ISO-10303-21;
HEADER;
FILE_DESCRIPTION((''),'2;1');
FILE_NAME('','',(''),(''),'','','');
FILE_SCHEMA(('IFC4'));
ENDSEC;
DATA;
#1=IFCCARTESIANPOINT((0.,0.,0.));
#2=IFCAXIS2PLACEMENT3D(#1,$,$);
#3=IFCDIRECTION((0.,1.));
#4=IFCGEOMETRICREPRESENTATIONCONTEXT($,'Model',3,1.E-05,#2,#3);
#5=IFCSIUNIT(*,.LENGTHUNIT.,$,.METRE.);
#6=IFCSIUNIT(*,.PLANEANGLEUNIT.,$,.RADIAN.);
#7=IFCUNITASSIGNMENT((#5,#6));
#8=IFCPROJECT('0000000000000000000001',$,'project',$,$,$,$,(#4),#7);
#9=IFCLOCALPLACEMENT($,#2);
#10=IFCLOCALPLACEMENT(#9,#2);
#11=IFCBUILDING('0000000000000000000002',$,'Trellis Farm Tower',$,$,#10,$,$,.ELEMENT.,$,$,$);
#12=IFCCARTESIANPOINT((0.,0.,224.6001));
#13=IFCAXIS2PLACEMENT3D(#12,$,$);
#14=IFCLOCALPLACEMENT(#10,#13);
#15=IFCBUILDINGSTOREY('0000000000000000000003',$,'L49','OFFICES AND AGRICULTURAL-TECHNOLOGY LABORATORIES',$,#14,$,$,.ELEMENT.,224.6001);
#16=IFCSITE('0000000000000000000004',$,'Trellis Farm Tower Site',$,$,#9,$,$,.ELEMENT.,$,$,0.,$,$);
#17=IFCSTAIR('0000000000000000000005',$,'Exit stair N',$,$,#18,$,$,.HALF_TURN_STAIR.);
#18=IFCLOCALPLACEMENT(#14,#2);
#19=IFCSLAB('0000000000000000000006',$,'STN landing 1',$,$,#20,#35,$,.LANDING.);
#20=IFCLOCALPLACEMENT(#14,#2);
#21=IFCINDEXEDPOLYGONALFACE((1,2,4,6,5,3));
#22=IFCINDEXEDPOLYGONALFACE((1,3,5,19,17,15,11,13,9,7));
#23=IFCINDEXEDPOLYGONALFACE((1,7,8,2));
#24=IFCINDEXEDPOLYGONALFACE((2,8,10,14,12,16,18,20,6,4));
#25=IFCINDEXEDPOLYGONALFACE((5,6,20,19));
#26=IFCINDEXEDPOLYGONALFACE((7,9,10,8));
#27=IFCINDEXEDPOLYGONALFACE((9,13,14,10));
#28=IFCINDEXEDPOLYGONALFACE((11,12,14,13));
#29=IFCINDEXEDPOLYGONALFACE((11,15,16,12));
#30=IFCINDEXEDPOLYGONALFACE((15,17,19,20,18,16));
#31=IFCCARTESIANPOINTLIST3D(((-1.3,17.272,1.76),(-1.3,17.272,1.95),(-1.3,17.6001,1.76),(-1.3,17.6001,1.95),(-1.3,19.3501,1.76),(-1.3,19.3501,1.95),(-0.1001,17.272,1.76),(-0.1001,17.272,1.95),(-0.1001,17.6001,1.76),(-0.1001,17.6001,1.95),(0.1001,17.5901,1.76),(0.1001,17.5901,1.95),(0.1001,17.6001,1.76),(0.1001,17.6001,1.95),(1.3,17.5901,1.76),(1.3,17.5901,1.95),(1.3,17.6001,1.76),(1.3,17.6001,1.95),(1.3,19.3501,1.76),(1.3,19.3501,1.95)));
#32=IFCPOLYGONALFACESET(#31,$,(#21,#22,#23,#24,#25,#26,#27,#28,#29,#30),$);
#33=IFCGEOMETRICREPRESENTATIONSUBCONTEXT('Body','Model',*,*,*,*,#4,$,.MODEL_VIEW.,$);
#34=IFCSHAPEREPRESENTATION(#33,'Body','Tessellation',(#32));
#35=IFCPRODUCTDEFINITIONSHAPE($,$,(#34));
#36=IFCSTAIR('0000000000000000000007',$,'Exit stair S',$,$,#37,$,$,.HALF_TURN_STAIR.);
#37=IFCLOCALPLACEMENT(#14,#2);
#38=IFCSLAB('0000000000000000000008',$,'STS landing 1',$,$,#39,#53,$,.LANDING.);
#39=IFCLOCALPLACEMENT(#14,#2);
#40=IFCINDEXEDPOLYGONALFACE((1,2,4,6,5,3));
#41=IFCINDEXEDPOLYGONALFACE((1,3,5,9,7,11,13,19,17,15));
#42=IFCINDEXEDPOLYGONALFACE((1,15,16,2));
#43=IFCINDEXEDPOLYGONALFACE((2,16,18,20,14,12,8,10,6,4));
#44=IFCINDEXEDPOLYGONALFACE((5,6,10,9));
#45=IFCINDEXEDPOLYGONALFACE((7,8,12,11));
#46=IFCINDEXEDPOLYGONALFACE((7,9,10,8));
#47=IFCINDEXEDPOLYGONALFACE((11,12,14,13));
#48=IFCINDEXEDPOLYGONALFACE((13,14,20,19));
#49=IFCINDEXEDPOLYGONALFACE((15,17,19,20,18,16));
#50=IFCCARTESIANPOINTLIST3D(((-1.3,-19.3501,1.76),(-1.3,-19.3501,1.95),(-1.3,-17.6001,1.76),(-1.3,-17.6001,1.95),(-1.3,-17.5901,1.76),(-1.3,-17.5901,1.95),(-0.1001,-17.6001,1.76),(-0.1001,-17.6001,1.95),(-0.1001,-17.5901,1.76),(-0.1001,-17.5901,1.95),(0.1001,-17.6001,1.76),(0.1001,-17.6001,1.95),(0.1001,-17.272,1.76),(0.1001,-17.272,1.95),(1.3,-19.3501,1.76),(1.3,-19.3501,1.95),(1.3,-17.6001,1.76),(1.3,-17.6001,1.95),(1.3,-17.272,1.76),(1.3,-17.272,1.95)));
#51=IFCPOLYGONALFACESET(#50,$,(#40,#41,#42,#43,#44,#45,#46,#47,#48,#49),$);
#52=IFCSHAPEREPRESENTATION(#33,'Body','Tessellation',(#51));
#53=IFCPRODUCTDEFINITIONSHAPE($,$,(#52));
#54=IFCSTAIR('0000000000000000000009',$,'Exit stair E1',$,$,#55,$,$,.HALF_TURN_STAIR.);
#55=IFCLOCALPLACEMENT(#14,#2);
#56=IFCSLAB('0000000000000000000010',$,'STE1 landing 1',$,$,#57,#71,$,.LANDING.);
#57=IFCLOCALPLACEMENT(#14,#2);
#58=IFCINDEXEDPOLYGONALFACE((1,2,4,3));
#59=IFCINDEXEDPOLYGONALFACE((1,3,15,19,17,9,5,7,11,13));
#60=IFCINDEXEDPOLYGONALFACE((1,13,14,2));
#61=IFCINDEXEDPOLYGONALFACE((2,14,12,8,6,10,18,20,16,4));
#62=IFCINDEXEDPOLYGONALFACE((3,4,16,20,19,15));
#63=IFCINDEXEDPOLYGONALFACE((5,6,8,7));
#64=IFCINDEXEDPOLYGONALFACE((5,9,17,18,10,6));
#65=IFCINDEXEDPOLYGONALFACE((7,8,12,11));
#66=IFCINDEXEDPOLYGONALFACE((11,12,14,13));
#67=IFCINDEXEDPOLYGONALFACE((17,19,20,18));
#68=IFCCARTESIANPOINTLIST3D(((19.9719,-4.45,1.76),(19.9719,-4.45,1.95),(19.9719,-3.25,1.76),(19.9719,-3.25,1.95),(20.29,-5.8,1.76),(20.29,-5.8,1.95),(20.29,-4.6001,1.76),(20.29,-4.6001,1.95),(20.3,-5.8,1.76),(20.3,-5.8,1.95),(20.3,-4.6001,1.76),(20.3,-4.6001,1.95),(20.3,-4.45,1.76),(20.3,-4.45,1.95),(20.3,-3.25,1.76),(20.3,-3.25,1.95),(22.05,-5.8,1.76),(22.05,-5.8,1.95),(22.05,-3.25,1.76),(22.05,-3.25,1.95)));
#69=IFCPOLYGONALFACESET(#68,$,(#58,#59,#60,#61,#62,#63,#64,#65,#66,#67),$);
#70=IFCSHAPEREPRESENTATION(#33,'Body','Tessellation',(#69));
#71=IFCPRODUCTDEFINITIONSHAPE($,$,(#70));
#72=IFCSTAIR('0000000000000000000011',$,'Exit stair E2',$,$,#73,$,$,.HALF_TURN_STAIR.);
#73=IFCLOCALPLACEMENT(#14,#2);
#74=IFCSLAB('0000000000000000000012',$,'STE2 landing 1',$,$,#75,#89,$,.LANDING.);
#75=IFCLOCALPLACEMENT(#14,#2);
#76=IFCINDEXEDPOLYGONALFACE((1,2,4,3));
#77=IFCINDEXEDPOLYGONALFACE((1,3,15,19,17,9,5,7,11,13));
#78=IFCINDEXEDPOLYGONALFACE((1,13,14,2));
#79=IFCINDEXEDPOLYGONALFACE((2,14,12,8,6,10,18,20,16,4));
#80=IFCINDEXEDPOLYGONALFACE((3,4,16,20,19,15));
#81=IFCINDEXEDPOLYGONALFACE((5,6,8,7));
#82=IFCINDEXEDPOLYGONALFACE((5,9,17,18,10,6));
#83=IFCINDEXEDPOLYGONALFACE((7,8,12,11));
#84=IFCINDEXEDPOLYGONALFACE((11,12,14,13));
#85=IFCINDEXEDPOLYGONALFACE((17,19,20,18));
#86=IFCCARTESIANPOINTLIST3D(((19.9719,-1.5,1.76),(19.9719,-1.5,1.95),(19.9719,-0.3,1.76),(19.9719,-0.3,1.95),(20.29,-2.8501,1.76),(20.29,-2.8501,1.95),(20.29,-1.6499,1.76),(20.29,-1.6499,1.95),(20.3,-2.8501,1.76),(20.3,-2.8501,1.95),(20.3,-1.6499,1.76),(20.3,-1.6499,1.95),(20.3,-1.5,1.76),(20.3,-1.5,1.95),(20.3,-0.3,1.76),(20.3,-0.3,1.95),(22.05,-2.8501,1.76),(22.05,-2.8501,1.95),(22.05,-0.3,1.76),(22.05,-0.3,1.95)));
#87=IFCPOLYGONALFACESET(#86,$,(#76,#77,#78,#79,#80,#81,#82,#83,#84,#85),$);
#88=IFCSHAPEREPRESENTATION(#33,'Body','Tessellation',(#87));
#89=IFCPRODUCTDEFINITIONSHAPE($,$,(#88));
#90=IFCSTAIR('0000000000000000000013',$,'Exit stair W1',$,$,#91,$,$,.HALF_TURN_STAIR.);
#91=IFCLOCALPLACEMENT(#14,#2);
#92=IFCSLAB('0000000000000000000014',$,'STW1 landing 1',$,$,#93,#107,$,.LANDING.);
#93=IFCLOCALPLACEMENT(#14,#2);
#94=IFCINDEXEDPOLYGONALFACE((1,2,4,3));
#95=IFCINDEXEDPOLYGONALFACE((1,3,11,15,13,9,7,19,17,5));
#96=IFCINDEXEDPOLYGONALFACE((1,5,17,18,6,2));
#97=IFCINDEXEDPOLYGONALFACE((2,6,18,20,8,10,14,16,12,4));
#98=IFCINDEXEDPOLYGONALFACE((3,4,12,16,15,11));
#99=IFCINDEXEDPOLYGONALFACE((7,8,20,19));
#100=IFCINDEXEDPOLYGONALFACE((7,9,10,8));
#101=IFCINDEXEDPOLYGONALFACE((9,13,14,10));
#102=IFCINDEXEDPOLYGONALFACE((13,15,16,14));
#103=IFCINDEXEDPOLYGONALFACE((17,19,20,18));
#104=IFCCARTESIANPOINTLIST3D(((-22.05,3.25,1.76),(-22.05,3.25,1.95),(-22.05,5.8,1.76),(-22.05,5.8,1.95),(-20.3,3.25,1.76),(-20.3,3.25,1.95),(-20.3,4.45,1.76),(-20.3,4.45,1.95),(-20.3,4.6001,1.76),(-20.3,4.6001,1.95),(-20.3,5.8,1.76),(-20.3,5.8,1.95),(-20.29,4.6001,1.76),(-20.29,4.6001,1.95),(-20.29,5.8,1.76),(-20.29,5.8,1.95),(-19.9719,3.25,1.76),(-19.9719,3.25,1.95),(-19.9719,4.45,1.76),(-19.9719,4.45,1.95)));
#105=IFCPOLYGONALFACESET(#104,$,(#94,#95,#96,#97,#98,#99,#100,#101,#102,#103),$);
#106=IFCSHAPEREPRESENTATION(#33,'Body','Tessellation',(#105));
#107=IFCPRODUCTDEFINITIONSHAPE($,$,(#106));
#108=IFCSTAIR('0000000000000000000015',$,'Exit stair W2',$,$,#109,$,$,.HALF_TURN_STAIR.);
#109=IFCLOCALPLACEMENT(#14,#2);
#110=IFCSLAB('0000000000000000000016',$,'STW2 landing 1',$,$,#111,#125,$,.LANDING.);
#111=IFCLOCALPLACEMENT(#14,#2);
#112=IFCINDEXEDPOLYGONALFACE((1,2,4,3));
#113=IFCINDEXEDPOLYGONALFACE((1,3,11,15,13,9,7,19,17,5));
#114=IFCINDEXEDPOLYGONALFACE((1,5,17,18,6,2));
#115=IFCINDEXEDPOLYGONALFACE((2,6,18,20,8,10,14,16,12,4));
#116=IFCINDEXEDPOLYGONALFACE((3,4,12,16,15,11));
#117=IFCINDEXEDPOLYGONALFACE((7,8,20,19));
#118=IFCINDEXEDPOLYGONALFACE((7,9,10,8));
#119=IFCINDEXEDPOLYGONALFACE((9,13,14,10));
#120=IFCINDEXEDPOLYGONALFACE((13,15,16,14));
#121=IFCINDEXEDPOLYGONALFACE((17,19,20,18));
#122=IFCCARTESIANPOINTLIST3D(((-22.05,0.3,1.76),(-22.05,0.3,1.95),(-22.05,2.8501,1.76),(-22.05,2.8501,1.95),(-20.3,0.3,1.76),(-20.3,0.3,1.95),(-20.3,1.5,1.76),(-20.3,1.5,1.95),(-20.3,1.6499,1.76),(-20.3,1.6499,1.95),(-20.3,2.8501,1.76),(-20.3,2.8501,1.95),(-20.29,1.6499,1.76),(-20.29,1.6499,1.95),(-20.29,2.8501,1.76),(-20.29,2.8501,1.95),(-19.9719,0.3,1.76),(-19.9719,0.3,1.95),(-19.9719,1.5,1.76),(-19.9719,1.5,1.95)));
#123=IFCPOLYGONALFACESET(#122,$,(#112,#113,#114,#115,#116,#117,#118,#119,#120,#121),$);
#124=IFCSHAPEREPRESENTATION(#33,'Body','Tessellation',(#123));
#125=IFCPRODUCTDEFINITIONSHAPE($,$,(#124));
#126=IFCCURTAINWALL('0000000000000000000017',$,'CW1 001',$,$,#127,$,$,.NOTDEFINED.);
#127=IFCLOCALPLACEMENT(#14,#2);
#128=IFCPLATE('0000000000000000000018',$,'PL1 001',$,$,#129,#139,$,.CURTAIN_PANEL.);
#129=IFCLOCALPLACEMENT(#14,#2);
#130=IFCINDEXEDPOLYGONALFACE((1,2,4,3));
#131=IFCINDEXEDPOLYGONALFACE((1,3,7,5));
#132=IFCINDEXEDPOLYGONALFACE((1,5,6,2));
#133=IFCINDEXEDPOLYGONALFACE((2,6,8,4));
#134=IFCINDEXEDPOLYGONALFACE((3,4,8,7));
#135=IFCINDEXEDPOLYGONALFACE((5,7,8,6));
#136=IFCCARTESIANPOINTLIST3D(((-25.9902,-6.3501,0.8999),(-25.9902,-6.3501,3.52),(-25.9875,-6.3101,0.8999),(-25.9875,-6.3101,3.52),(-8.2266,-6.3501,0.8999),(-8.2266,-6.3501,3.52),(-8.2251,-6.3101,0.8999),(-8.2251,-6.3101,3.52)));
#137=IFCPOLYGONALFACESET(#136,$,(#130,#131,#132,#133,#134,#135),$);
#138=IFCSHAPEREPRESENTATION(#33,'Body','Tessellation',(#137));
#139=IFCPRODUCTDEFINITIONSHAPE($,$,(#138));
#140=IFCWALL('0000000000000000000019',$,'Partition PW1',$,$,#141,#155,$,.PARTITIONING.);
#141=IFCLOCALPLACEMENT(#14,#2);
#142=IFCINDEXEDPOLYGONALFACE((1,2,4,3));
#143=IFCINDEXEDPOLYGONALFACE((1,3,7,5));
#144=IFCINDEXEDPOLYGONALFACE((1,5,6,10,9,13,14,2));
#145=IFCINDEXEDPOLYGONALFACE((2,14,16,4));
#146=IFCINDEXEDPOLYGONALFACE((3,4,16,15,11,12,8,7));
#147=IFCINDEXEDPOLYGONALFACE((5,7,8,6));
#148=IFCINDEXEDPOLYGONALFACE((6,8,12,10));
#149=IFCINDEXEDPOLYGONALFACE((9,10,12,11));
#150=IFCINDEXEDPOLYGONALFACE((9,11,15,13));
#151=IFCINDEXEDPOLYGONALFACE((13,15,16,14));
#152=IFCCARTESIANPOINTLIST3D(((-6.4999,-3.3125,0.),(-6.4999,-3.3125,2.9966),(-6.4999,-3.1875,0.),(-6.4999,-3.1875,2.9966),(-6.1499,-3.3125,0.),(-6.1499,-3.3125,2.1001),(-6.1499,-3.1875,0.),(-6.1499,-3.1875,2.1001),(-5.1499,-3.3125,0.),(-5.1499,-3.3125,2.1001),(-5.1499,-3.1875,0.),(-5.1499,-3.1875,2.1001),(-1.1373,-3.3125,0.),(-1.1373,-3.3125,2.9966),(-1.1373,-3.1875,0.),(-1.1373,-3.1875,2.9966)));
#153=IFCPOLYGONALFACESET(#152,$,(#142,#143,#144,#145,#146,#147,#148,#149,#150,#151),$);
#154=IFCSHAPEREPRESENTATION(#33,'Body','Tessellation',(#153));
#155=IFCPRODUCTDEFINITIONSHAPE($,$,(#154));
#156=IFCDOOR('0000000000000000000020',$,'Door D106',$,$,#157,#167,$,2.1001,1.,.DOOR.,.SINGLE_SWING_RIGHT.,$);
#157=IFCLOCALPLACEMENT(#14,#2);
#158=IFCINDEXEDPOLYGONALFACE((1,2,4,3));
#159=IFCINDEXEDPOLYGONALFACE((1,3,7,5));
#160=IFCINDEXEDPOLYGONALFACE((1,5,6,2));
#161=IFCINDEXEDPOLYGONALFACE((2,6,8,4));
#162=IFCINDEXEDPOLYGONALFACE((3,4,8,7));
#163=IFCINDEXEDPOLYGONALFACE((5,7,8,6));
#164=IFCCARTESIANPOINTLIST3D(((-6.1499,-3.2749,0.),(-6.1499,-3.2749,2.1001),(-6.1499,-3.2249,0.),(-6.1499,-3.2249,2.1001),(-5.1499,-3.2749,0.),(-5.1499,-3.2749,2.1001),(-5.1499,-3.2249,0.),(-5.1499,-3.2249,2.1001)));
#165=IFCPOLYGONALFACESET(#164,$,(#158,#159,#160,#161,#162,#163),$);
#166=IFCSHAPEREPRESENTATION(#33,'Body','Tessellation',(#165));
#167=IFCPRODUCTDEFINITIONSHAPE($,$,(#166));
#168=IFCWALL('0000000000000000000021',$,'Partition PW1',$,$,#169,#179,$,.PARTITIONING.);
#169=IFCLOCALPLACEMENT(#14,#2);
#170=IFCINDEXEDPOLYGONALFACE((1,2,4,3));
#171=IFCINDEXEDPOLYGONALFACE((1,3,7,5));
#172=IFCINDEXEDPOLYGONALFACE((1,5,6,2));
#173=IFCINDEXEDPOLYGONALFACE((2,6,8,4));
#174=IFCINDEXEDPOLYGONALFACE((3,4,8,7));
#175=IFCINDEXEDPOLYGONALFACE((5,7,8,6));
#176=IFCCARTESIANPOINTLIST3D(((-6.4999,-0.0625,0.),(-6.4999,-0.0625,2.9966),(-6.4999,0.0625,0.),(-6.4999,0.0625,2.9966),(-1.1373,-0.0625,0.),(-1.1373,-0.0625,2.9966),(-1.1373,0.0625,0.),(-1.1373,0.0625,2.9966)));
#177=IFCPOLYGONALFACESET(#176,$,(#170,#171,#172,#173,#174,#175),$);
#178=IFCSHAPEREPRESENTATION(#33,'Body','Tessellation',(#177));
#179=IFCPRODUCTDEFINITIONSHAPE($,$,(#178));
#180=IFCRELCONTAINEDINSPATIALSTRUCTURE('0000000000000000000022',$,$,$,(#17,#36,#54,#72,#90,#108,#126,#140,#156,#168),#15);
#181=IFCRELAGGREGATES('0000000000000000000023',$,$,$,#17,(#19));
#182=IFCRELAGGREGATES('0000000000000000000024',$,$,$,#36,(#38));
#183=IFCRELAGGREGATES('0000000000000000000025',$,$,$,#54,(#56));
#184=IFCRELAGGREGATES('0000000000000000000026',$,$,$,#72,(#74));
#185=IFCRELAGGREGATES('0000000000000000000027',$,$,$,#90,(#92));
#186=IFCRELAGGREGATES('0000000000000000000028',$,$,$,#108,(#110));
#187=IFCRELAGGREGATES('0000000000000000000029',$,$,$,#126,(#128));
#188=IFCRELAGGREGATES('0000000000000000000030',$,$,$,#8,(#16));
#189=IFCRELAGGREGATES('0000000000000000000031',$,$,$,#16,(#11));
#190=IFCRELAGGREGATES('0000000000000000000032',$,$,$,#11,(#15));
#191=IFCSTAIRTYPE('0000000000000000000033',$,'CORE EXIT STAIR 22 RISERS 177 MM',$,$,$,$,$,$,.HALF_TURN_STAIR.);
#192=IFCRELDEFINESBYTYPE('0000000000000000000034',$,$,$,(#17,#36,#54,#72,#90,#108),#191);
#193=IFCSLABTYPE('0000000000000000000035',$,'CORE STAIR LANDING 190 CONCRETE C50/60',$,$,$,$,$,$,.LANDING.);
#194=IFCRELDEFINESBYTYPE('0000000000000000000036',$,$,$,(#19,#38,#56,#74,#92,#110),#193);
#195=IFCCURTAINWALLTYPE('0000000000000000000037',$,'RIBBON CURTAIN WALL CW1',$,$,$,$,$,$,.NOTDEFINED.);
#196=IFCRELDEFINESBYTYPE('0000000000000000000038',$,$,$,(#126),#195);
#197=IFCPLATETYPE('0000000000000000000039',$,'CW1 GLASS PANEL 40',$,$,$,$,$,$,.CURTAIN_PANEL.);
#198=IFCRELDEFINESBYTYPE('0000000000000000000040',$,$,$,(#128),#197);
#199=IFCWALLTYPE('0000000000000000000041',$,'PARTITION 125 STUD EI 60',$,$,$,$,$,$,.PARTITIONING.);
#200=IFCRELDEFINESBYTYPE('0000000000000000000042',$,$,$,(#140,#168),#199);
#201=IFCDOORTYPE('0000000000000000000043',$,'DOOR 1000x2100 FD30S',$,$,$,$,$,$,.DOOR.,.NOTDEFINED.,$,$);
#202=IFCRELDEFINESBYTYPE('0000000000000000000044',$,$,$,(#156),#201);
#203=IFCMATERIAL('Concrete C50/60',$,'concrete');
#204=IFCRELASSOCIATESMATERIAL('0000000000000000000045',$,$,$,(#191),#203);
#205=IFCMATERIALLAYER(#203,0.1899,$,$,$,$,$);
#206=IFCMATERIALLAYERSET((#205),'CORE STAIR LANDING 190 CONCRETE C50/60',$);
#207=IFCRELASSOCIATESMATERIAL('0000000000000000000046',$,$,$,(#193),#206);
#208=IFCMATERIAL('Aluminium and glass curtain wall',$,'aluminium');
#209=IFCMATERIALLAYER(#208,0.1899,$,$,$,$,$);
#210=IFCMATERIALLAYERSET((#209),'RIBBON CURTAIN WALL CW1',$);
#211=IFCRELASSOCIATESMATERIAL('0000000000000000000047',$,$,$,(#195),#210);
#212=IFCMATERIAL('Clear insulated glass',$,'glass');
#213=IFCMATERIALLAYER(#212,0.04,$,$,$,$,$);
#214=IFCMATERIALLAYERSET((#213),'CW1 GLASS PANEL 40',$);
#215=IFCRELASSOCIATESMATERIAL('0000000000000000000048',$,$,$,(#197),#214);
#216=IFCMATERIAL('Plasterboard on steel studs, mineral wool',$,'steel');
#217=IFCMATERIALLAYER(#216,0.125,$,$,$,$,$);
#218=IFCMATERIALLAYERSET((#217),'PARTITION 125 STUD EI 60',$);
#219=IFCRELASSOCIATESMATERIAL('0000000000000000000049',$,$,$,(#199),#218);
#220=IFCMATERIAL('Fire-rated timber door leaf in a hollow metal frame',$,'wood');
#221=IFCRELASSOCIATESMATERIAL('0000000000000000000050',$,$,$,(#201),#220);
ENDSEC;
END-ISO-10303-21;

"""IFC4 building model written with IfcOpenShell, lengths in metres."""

from ifc_helpers import new_model, si_unit, direction, frame, frame_2d, origin, place, context, subcontext, project, spatial, polyline, rectangle, outline, extrude, source, transform, mapped, material, layer, layer_set, type_object, element, fill, aggregate, save


model = new_model("IFC4")

# Units and contexts
model_context = context("Model", 3, precision=1e-05, world=origin(), true_north=direction((0.0, 1.0)))
body_context = subcontext(model_context, "Body", "Model", "MODEL_VIEW")
ifc_project = project(units=[si_unit("LENGTHUNIT", "METRE"), si_unit("PLANEANGLEUNIT", "RADIAN")], contexts=[model_context])

# Site, building, storey
site_placement = place(None, origin())
site = spatial("IfcSite", under=ifc_project, at=site_placement, Name="Trellis Farm Tower Site", CompositionType="ELEMENT", RefElevation=0.0)
building_placement = place(site_placement, origin())
building = spatial("IfcBuilding", under=site, at=building_placement, Name="Trellis Farm Tower", CompositionType="ELEMENT")
storey_placement = place(building_placement, frame((0.0, 0.0, 224.6001)))
storey = spatial("IfcBuildingStorey", under=building, at=storey_placement, Name="L49", Description="OFFICES AND AGRICULTURAL-TECHNOLOGY LABORATORIES", CompositionType="ELEMENT", Elevation=224.6001)

# Stairs, slabs
ifc_material_1 = material(Name="Concrete C50/60", Category="concrete")
stair_type = type_object("IfcStairType", Name="CORE EXIT STAIR 22 RISERS 177 MM", PredefinedType="HALF_TURN_STAIR", material=ifc_material_1)
placement_1 = place(storey_placement, origin())
stair_1 = element("IfcStair", 1, at=placement_1, inside=storey, type_object=stair_type, Name="Exit stair N", PredefinedType="HALF_TURN_STAIR")
ifc_layer_1 = layer(ifc_material_1, 0.1899)
ifc_layer_set_1 = layer_set([ifc_layer_1], Name="CORE STAIR LANDING 190 CONCRETE C50/60")
slab_type_1 = type_object("IfcSlabType", Name="CORE STAIR LANDING 190 CONCRETE C50/60", PredefinedType="LANDING", material=ifc_layer_set_1)
shared_shape_1 = source(origin(), body_context, "Body", "SweptSolid", [
    extrude(outline(polyline([(-0.1001, 17.272), (-1.3, 17.272), (-1.3, 17.6001), (-1.3, 19.3501), (1.3, 19.3501), (1.3, 17.6001), (1.3, 17.5901), (0.1001, 17.5901), (0.1001, 17.6001), (-0.1001, 17.6001), (-0.1001, 17.272)])), origin(), (0.0, 0.0, 1.0), 0.1899),
])
placement_2 = place(storey_placement, frame((0.0, 0.0, 1.76)))
slab_1 = element("IfcSlab", 2, at=placement_2, type_object=slab_type_1, Name="STN landing 1", PredefinedType="LANDING", context=body_context, shape_type="MappedRepresentation", body=[
    mapped(shared_shape_1, transform((0.0, 0.0, 0.0))),
])
aggregate(stair_1, [slab_1])
stair_2 = element("IfcStair", 3, at=placement_1, inside=storey, type_object=stair_type, Name="Exit stair S", PredefinedType="HALF_TURN_STAIR")
shared_shape_2 = source(origin(), body_context, "Body", "SweptSolid", [
    extrude(outline(polyline([(1.3, -19.3501), (-1.3, -19.3501), (-1.3, -17.6001), (-1.3, -17.5901), (-0.1001, -17.5901), (-0.1001, -17.6001), (0.1001, -17.6001), (0.1001, -17.272), (1.3, -17.272), (1.3, -17.6001), (1.3, -19.3501)])), origin(), (0.0, 0.0, 1.0), 0.1899),
])
slab_2 = element("IfcSlab", 4, at=placement_2, type_object=slab_type_1, Name="STS landing 1", PredefinedType="LANDING", context=body_context, shape_type="MappedRepresentation", body=[
    mapped(shared_shape_2, transform((0.0, 0.0, 0.0))),
])
aggregate(stair_2, [slab_2])
stair_3 = element("IfcStair", 5, at=placement_1, inside=storey, type_object=stair_type, Name="Exit stair E1", PredefinedType="HALF_TURN_STAIR")
shared_shape_3 = source(origin(), body_context, "Body", "SweptSolid", [
    extrude(outline(polyline([(20.29, -5.8), (20.29, -4.6001), (20.3, -4.6001), (20.3, -4.45), (19.9719, -4.45), (19.9719, -3.25), (20.3, -3.25), (22.05, -3.25), (22.05, -5.8), (20.3, -5.8), (20.29, -5.8)])), origin(), (0.0, 0.0, 1.0), 0.1899),
])
slab_3 = element("IfcSlab", 6, at=placement_2, type_object=slab_type_1, Name="STE1 landing 1", PredefinedType="LANDING", context=body_context, shape_type="MappedRepresentation", body=[
    mapped(shared_shape_3, transform((0.0, 0.0, 0.0))),
])
aggregate(stair_3, [slab_3])
stair_4 = element("IfcStair", 7, at=placement_1, inside=storey, type_object=stair_type, Name="Exit stair E2", PredefinedType="HALF_TURN_STAIR")
shared_shape_4 = source(origin(), body_context, "Body", "SweptSolid", [
    extrude(outline(polyline([(20.29, -2.8501), (20.29, -1.6499), (20.3, -1.6499), (20.3, -1.5), (19.9719, -1.5), (19.9719, -0.3), (20.3, -0.3), (22.05, -0.3), (22.05, -2.8501), (20.3, -2.8501), (20.29, -2.8501)])), origin(), (0.0, 0.0, 1.0), 0.1899),
])
slab_4 = element("IfcSlab", 8, at=placement_2, type_object=slab_type_1, Name="STE2 landing 1", PredefinedType="LANDING", context=body_context, shape_type="MappedRepresentation", body=[
    mapped(shared_shape_4, transform((0.0, 0.0, 0.0))),
])
aggregate(stair_4, [slab_4])
stair_5 = element("IfcStair", 9, at=placement_1, inside=storey, type_object=stair_type, Name="Exit stair W1", PredefinedType="HALF_TURN_STAIR")
shared_shape_5 = source(origin(), body_context, "Body", "SweptSolid", [
    extrude(outline(polyline([(-19.9719, 4.45), (-19.9719, 3.25), (-20.3, 3.25), (-22.05, 3.25), (-22.05, 5.8), (-20.3, 5.8), (-20.29, 5.8), (-20.29, 4.6001), (-20.3, 4.6001), (-20.3, 4.45), (-19.9719, 4.45)])), origin(), (0.0, 0.0, 1.0), 0.1899),
])
slab_5 = element("IfcSlab", 10, at=placement_2, type_object=slab_type_1, Name="STW1 landing 1", PredefinedType="LANDING", context=body_context, shape_type="MappedRepresentation", body=[
    mapped(shared_shape_5, transform((0.0, 0.0, 0.0))),
])
aggregate(stair_5, [slab_5])
stair_6 = element("IfcStair", 11, at=placement_1, inside=storey, type_object=stair_type, Name="Exit stair W2", PredefinedType="HALF_TURN_STAIR")
shared_shape_6 = source(origin(), body_context, "Body", "SweptSolid", [
    extrude(outline(polyline([(-19.9719, 1.5), (-19.9719, 0.3), (-20.3, 0.3), (-22.05, 0.3), (-22.05, 2.8501), (-20.3, 2.8501), (-20.29, 2.8501), (-20.29, 1.6499), (-20.3, 1.6499), (-20.3, 1.5), (-19.9719, 1.5)])), origin(), (0.0, 0.0, 1.0), 0.1899),
])
slab_6 = element("IfcSlab", 12, at=placement_2, type_object=slab_type_1, Name="STW2 landing 1", PredefinedType="LANDING", context=body_context, shape_type="MappedRepresentation", body=[
    mapped(shared_shape_6, transform((0.0, 0.0, 0.0))),
])
aggregate(stair_6, [slab_6])

# Curtain wall, plate
ifc_material_2 = material(Name="Aluminium and glass curtain wall", Category="aluminium")
ifc_layer_2 = layer(ifc_material_2, 0.1899)
ifc_layer_set_2 = layer_set([ifc_layer_2], Name="RIBBON CURTAIN WALL CW1")
curtain_wall_type = type_object("IfcCurtainWallType", Name="RIBBON CURTAIN WALL CW1", PredefinedType="NOTDEFINED", material=ifc_layer_set_2)
curtain_wall = element("IfcCurtainWall", 13, at=placement_1, inside=storey, type_object=curtain_wall_type, Name="CW1 001", PredefinedType="NOTDEFINED")
ifc_material_3 = material(Name="Clear insulated glass", Category="glass")
ifc_layer_3 = layer(ifc_material_3, 0.04)
ifc_layer_set_3 = layer_set([ifc_layer_3], Name="CW1 GLASS PANEL 40")
plate_type = type_object("IfcPlateType", Name="CW1 GLASS PANEL 40", PredefinedType="CURTAIN_PANEL", material=ifc_layer_set_3)
shared_shape_7 = source(origin(), body_context, "Body", "SweptSolid", [
    extrude(outline(polyline([(-25.9902, -6.3501), (-8.2266, -6.3501), (-8.2251, -6.3101), (-25.9875, -6.3101), (-25.9902, -6.3501)])), origin(), (0.0, 0.0, 1.0), 2.6201),
])
plate_placement = place(storey_placement, frame((0.0, 0.0, 0.8999)))
plate = element("IfcPlate", 14, at=plate_placement, type_object=plate_type, Name="PL1 001", PredefinedType="CURTAIN_PANEL", context=body_context, shape_type="MappedRepresentation", body=[
    mapped(shared_shape_7, transform((0.0, 0.0, 0.0))),
])
aggregate(curtain_wall, [plate])

# Wall, opening, door
ifc_material_4 = material(Name="Plasterboard on steel studs, mineral wool", Category="steel")
ifc_layer_4 = layer(ifc_material_4, 0.125)
ifc_layer_set_4 = layer_set([ifc_layer_4], Name="PARTITION 125 STUD EI 60")
wall_type = type_object("IfcWallType", Name="PARTITION 125 STUD EI 60", PredefinedType="PARTITIONING", material=ifc_layer_set_4)
shared_shape_8 = source(origin(), body_context, "Body", "SweptSolid", [
    extrude(rectangle(XDim=5.3625, YDim=0.125, at=frame_2d((2.6812, 0.0))), origin(), (0.0, 0.0, 1.0), 2.9966),
])
wall_1_placement = place(storey_placement, frame((-1.1375, -3.25, 0.0), z_axis=(0.0, 0.0, 1.0), x_axis=(-1.0, 0.0, 0.0)))
wall_1 = element("IfcWall", 15, at=wall_1_placement, inside=storey, type_object=wall_type, Name="Partition PW1", PredefinedType="PARTITIONING", context=body_context, shape_type="MappedRepresentation", body=[
    mapped(shared_shape_8, transform((0.0, 0.0, 0.0))),
])
shared_shape_9 = source(origin(), body_context, "Body", "SweptSolid", [
    extrude(rectangle(XDim=1.0, YDim=2.1001, at=frame_2d((0.5, 1.05))), frame((0.0, 0.0725, 0.0), z_axis=(0.0, -1.0, 0.0), x_axis=(1.0, 0.0, 0.0)), (0.0, 0.0, 1.0), 0.145),
])
opening_1_placement = place(wall_1_placement, frame((4.0125, 0.0, 0.0)))
opening_1 = element("IfcOpeningElement", 16, at=opening_1_placement, cuts=wall_1, PredefinedType="OPENING", context=body_context, shape_type="MappedRepresentation", body=[
    mapped(shared_shape_9, transform((0.0, 0.0, 0.0))),
])
ifc_material_5 = material(Name="Fire-rated timber door leaf in a hollow metal frame", Category="wood")
door_type = type_object("IfcDoorType", Name="DOOR 1000x2100 FD30S", OperationType="NOTDEFINED", PredefinedType="DOOR", material=ifc_material_5)
shared_shape_10 = source(origin(), body_context, "Body", "SweptSolid", [
    extrude(rectangle(XDim=1.0, YDim=2.1001, at=frame_2d((0.5, 1.05))), frame((0.0, 0.0249, 0.0), z_axis=(0.0, -1.0, 0.0), x_axis=(1.0, 0.0, 0.0)), (0.0, 0.0, 1.0), 0.05),
])
door_1_placement = place(opening_1_placement, origin())
door_1 = element("IfcDoor", 17, at=door_1_placement, inside=storey, type_object=door_type, Name="Door D106", OperationType="SINGLE_SWING_RIGHT", OverallHeight=2.1001, OverallWidth=1.0, PredefinedType="DOOR", context=body_context, shape_type="MappedRepresentation", body=[
    mapped(shared_shape_10, transform((0.0, 0.0, 0.0))),
])
fill(opening_1, door_1)

# Wall
wall_2_placement = place(storey_placement, frame((-1.1375, 0.0, 0.0), z_axis=(0.0, 0.0, 1.0), x_axis=(-1.0, 0.0, 0.0)))
element("IfcWall", 18, at=wall_2_placement, inside=storey, type_object=wall_type, Name="Partition PW1", PredefinedType="PARTITIONING", context=body_context, shape_type="MappedRepresentation", body=[
    mapped(shared_shape_8, transform((0.0, 0.0, 0.0))),
])

save(model, "model.ifc")
